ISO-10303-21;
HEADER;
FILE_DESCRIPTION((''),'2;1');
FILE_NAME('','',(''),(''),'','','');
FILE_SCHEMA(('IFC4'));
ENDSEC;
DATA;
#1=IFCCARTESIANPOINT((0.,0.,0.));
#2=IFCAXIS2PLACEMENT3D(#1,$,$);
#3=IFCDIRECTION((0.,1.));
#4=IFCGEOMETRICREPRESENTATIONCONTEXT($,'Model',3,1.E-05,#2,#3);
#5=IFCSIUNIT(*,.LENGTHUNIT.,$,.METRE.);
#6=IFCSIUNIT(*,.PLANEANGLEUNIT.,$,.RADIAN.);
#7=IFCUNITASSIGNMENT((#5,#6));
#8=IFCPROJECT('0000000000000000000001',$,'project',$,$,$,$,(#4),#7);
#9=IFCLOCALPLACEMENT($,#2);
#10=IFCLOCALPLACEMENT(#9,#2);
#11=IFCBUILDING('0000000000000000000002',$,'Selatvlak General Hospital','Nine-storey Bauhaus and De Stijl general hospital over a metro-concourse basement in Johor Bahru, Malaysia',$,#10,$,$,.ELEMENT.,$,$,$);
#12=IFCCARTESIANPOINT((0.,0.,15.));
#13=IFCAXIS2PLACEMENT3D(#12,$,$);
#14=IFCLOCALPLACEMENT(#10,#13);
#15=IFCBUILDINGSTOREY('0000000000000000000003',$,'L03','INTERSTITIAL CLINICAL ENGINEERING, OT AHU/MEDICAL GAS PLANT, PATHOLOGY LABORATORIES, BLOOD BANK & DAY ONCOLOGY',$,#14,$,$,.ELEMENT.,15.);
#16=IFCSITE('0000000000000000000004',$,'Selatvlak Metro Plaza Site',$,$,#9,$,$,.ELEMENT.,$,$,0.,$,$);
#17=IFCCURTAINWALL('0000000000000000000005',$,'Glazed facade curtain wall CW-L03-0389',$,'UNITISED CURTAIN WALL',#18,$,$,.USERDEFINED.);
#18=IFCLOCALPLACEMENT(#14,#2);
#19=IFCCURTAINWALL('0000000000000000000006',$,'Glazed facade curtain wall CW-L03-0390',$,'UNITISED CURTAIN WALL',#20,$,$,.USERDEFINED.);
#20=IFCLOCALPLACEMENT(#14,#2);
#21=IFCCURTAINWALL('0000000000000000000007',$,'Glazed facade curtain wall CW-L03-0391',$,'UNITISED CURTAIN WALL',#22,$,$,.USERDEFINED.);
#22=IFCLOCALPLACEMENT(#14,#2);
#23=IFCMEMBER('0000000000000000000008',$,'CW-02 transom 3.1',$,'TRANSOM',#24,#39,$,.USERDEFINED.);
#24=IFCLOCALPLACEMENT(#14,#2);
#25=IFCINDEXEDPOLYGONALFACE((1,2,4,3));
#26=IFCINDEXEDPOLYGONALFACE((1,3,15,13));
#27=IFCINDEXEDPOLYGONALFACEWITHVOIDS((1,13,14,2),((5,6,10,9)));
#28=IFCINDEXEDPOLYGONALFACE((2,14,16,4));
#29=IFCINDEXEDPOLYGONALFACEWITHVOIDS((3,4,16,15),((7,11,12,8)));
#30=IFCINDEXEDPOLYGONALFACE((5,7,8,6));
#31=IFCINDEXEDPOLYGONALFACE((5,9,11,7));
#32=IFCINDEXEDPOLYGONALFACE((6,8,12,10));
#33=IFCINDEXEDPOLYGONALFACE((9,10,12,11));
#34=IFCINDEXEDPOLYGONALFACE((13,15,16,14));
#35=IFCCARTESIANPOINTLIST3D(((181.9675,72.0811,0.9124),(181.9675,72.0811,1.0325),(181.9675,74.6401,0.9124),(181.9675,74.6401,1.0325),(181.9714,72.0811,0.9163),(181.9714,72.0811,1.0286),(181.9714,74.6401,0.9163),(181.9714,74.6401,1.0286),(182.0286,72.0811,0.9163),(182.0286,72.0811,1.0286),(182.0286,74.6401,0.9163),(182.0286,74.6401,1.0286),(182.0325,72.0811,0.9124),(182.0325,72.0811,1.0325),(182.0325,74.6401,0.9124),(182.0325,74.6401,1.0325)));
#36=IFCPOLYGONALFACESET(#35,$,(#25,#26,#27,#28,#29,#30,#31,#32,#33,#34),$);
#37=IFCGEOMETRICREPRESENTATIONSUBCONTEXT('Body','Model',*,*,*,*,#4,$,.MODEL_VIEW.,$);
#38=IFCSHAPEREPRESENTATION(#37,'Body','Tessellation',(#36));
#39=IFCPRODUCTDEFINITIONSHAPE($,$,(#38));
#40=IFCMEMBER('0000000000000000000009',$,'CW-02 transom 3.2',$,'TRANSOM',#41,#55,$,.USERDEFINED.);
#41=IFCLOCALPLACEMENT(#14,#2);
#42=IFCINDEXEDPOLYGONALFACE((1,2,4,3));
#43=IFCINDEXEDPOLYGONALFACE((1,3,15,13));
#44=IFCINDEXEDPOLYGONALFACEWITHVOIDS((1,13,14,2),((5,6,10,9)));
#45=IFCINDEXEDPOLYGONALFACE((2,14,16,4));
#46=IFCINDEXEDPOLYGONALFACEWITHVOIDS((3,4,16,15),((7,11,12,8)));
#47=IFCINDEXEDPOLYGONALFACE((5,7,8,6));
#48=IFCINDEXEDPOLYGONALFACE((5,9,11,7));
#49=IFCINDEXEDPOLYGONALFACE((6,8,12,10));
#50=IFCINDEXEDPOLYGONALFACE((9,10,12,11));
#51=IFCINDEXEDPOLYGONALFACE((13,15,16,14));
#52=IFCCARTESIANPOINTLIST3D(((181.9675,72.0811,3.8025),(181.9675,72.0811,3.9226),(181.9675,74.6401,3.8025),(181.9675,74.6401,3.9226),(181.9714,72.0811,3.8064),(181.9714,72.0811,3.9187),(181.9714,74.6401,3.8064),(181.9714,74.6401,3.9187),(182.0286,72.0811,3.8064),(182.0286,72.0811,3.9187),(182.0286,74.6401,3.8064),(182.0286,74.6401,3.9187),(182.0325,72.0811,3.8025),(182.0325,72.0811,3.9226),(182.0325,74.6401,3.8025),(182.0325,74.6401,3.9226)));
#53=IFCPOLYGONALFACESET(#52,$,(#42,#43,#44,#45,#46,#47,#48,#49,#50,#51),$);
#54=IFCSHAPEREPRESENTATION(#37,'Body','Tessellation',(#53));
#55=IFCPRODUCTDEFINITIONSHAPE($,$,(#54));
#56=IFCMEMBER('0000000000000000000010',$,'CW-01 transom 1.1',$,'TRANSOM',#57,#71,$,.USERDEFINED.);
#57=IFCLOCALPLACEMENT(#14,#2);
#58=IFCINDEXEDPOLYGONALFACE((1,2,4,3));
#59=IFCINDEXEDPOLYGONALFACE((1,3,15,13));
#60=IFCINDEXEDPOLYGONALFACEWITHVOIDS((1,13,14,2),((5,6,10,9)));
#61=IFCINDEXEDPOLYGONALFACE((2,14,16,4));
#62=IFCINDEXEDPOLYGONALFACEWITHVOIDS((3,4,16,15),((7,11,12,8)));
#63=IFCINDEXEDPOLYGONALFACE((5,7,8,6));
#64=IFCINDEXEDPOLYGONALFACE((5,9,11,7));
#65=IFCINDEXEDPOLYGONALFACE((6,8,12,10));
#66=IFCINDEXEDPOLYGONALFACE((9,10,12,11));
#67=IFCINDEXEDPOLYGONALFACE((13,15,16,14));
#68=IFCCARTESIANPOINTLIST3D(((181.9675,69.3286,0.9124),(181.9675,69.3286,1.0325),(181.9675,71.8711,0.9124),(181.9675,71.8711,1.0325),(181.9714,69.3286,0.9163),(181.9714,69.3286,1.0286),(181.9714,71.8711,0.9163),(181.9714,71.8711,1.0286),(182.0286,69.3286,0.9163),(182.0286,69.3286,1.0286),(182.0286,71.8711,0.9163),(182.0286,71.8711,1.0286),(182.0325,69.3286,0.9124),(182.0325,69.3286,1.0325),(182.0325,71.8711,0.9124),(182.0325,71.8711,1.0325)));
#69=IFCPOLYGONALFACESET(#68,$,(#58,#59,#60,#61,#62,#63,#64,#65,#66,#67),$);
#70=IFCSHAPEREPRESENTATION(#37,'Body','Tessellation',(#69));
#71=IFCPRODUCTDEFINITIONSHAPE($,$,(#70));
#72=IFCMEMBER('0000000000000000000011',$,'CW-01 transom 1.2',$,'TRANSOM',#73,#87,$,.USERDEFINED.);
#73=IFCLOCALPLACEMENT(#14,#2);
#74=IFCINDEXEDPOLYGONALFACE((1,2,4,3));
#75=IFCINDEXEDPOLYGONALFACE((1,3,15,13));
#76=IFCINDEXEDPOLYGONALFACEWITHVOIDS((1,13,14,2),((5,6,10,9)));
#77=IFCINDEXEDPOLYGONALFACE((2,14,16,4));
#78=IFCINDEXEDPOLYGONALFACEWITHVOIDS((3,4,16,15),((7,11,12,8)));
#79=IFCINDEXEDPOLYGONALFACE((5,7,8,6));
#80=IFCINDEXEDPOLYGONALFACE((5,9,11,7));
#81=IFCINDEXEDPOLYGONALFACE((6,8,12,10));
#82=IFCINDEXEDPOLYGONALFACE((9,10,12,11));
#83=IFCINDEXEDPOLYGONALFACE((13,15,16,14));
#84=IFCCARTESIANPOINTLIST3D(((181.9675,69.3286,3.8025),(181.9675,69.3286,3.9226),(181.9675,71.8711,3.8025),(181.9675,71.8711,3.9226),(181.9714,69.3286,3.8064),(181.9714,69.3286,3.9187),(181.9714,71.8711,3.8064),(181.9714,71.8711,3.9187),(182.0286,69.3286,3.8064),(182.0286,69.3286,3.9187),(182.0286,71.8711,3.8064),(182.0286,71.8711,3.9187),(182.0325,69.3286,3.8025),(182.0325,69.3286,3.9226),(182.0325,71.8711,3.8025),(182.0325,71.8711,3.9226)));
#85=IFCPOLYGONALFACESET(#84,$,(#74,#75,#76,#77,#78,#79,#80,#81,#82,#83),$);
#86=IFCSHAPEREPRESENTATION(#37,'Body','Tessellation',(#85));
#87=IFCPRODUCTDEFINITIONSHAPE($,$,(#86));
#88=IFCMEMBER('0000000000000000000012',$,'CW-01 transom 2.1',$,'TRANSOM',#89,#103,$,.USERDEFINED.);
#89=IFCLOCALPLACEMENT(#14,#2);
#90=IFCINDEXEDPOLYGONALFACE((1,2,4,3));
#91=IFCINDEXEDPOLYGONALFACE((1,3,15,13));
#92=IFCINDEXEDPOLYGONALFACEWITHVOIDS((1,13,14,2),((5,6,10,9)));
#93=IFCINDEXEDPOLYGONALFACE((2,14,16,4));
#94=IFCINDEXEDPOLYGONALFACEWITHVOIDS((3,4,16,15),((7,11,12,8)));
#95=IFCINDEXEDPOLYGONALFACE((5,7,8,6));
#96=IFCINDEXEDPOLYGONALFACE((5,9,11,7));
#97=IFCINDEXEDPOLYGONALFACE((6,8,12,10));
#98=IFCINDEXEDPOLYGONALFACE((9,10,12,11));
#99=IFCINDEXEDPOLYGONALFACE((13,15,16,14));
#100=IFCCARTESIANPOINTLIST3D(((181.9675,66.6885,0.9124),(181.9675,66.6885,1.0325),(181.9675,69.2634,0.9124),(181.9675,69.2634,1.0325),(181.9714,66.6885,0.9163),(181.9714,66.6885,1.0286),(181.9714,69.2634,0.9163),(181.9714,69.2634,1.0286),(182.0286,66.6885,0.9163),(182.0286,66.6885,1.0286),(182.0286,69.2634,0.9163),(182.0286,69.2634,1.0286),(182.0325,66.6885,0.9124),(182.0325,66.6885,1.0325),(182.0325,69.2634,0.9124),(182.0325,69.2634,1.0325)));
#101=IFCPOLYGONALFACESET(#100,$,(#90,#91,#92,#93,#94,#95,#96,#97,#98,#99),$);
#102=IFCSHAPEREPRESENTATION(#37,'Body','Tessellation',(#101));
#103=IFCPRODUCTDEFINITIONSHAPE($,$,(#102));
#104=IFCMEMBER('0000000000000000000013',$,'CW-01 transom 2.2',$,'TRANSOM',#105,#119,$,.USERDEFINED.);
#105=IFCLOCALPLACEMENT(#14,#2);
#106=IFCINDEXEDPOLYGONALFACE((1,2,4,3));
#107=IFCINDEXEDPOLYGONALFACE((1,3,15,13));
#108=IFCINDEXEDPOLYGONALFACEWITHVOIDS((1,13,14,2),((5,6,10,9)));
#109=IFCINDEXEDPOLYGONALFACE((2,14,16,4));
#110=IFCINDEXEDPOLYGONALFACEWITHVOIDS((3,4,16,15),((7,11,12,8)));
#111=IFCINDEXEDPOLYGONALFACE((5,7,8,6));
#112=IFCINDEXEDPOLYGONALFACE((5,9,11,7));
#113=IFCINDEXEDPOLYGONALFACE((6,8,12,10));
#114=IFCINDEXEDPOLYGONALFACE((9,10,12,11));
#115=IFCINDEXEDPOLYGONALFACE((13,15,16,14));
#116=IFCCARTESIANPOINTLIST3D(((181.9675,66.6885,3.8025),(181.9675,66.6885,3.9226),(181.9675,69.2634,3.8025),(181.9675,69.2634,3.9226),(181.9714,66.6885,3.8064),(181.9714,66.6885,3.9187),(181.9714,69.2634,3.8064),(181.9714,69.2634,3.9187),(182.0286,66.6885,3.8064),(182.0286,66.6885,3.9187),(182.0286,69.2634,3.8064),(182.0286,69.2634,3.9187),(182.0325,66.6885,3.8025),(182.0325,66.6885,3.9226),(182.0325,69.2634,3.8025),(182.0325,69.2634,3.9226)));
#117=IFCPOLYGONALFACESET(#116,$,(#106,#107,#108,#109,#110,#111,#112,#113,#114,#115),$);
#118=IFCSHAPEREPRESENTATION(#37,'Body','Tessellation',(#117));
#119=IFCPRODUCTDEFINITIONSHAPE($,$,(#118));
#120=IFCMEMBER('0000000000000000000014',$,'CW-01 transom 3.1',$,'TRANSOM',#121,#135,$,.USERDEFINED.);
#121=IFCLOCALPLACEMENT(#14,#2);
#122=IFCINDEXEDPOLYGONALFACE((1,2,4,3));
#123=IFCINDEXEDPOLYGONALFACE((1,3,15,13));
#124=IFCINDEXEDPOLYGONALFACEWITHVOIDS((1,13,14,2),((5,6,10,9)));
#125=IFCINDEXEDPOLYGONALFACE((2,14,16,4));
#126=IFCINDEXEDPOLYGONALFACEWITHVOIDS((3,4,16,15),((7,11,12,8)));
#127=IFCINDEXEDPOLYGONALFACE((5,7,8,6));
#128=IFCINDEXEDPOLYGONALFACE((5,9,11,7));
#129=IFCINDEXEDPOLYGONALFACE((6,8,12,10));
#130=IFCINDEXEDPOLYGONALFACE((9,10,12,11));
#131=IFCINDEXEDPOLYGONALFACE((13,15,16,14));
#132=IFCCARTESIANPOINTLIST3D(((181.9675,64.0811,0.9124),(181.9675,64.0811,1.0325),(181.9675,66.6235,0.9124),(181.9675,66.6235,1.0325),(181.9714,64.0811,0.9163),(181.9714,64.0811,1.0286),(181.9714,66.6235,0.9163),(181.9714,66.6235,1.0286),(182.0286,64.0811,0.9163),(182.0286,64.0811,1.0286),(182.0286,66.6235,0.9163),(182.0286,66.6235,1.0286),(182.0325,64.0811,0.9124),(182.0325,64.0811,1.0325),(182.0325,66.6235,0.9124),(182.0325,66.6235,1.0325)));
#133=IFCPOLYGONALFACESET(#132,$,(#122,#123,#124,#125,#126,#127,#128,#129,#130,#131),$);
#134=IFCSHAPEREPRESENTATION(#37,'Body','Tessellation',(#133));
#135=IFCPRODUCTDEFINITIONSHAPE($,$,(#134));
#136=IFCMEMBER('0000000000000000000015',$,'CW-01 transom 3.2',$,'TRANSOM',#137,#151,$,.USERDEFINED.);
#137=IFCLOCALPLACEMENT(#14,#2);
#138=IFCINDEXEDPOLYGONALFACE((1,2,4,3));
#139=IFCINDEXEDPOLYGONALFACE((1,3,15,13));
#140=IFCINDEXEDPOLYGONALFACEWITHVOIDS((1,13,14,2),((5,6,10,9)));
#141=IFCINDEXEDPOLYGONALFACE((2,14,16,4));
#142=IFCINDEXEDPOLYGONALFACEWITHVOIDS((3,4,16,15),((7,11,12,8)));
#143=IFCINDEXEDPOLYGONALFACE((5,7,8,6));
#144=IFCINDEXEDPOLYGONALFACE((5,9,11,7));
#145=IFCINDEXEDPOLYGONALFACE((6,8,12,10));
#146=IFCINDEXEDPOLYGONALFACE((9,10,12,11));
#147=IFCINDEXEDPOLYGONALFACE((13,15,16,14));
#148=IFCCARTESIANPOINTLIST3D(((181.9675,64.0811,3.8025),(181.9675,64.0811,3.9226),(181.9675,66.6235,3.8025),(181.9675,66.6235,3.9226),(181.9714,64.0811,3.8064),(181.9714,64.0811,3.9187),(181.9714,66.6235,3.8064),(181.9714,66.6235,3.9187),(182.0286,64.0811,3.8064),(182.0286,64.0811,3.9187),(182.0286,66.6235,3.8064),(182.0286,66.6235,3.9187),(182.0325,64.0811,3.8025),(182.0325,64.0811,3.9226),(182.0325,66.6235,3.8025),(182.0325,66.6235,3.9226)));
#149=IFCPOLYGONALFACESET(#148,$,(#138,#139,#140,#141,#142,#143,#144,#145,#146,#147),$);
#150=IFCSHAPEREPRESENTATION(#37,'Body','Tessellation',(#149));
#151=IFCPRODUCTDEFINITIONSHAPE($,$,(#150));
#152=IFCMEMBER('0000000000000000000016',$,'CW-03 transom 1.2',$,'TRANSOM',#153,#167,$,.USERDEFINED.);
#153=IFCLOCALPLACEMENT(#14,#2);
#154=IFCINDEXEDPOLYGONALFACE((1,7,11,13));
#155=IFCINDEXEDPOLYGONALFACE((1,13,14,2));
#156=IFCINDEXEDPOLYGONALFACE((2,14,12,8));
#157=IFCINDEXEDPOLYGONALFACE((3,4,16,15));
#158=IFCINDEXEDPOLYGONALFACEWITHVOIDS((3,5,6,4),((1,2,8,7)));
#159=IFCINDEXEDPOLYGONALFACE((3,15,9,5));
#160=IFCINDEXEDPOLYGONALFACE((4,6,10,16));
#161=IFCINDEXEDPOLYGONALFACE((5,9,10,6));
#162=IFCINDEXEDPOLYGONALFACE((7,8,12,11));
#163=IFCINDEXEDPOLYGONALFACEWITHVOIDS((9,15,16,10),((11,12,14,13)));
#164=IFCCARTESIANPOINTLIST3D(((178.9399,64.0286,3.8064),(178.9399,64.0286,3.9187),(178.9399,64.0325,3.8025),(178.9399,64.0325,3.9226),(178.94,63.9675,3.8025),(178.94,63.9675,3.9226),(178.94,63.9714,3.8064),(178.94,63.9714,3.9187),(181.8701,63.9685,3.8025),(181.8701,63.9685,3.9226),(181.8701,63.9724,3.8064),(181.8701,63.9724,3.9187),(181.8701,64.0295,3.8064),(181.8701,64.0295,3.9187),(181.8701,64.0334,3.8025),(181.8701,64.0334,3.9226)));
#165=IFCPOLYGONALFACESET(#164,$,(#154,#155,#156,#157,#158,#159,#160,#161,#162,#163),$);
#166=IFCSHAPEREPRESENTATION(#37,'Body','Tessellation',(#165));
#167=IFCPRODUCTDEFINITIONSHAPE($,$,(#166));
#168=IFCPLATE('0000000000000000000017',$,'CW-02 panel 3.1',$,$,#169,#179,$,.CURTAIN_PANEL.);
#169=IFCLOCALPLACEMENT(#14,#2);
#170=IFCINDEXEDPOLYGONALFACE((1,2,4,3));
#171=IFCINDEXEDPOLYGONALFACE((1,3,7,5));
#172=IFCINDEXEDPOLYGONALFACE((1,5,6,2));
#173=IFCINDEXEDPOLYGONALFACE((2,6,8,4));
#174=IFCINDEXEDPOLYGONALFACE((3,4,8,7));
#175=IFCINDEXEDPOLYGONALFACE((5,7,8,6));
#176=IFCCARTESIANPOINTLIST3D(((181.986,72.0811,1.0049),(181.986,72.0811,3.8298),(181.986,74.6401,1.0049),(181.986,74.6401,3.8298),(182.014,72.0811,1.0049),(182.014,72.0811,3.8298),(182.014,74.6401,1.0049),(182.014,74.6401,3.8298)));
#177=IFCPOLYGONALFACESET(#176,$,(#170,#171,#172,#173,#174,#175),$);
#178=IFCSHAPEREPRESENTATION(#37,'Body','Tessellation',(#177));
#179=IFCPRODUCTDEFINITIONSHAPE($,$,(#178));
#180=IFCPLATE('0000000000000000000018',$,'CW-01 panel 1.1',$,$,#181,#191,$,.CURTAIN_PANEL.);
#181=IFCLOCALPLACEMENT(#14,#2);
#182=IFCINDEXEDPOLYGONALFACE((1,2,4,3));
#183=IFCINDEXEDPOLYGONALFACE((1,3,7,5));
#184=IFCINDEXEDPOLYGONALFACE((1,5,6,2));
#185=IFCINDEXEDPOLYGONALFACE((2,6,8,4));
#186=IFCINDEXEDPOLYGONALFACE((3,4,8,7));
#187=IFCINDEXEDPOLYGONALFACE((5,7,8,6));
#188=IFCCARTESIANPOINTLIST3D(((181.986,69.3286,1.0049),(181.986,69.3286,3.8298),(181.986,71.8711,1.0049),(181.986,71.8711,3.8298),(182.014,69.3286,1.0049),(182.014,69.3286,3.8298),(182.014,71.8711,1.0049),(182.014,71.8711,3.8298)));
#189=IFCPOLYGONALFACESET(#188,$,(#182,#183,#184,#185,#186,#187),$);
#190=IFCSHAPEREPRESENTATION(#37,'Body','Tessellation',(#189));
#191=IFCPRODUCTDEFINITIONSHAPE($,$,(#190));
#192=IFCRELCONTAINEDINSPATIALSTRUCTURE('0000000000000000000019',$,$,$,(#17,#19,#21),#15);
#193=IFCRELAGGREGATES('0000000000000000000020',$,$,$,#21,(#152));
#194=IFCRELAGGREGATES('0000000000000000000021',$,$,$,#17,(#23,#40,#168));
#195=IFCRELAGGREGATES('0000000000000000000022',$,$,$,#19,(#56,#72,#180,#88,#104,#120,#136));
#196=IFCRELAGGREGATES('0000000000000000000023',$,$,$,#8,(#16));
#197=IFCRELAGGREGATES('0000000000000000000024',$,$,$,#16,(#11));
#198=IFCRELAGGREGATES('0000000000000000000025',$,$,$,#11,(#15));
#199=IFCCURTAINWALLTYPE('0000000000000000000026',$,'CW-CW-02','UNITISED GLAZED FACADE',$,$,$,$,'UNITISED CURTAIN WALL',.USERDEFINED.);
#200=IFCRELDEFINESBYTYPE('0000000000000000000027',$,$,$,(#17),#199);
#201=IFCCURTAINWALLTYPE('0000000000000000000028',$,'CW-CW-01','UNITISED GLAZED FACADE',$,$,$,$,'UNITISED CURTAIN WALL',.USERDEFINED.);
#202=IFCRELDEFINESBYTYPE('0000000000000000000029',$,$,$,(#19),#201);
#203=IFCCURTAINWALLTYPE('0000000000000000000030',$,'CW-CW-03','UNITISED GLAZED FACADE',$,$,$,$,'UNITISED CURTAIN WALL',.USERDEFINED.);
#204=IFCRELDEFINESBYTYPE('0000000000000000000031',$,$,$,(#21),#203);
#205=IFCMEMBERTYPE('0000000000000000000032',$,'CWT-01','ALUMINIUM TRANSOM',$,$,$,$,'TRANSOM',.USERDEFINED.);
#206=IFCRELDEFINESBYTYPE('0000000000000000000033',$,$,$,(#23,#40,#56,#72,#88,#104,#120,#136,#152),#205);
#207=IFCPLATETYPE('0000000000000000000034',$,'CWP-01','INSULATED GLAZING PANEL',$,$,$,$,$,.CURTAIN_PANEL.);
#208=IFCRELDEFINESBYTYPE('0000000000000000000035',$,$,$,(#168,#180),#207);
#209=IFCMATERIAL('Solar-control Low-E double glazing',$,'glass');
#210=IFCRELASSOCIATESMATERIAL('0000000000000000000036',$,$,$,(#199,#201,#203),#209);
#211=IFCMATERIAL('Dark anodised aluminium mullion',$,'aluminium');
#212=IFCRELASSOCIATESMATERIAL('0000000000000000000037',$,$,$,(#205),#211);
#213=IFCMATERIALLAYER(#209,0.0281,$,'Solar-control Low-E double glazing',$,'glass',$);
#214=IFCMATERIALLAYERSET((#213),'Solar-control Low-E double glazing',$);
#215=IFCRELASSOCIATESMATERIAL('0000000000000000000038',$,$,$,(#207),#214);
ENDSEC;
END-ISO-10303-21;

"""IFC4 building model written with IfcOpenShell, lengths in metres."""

from ifc_helpers import new_model, si_unit, direction, frame, origin, origin_2d, place, context, subcontext, project, spatial, rectangle, hollow_rectangle, extrude, material, layer, layer_set, material_profile, profile_set, type_object, element, aggregate, save


model = new_model("IFC4")

# Units and contexts
model_context = context("Model", 3, precision=1e-05, world=origin(), true_north=direction((0.0, 1.0)))
body_context = subcontext(model_context, "Body", "Model", "MODEL_VIEW")
ifc_project = project(units=[si_unit("LENGTHUNIT", "METRE"), si_unit("PLANEANGLEUNIT", "RADIAN")], contexts=[model_context])

# Site, building, storey
site_placement = place(None, origin())
site = spatial("IfcSite", under=ifc_project, at=site_placement, Name="Selatvlak Metro Plaza Site", CompositionType="ELEMENT", RefElevation=0.0)
building_placement = place(site_placement, origin())
building = spatial("IfcBuilding", under=site, at=building_placement, Name="Selatvlak General Hospital", Description="Nine-storey Bauhaus and De Stijl general hospital over a metro-concourse basement in Johor Bahru, Malaysia", CompositionType="ELEMENT")
storey_placement = place(building_placement, frame((0.0, 0.0, 15.0)))
storey = spatial("IfcBuildingStorey", under=building, at=storey_placement, Name="L03", Description="INTERSTITIAL CLINICAL ENGINEERING, OT AHU/MEDICAL GAS PLANT, PATHOLOGY LABORATORIES, BLOOD BANK & DAY ONCOLOGY", CompositionType="ELEMENT", Elevation=15.0)

# Curtain walls
ifc_material_1 = material(Name="Solar-control Low-E double glazing", Category="glass")
curtain_wall_type_1 = type_object("IfcCurtainWallType", Name="CW-CW-02", Description="UNITISED GLAZED FACADE", ElementType="UNITISED CURTAIN WALL", PredefinedType="USERDEFINED", material=ifc_material_1)
curtain_wall_1_placement = place(storey_placement, origin())
curtain_wall_1 = element("IfcCurtainWall", 1, at=curtain_wall_1_placement, inside=storey, type_object=curtain_wall_type_1, Name="Glazed facade curtain wall CW-L03-0389", ObjectType="UNITISED CURTAIN WALL", PredefinedType="USERDEFINED")
ifc_material_2 = material(Name="Dark anodised aluminium mullion", Category="aluminium")
curtain_wall_type_2 = type_object("IfcCurtainWallType", Name="CW-CW-01", Description="UNITISED GLAZED FACADE", ElementType="UNITISED CURTAIN WALL", PredefinedType="USERDEFINED", material=ifc_material_1)
curtain_wall_2_placement = place(storey_placement, origin())
curtain_wall_2 = element("IfcCurtainWall", 2, at=curtain_wall_2_placement, inside=storey, type_object=curtain_wall_type_2, Name="Glazed facade curtain wall CW-L03-0390", ObjectType="UNITISED CURTAIN WALL", PredefinedType="USERDEFINED")

# Curtain wall
curtain_wall_type_3 = type_object("IfcCurtainWallType", Name="CW-CW-03", Description="UNITISED GLAZED FACADE", ElementType="UNITISED CURTAIN WALL", PredefinedType="USERDEFINED", material=ifc_material_1)
curtain_wall_3_placement = place(storey_placement, origin())
curtain_wall_3 = element("IfcCurtainWall", 3, at=curtain_wall_3_placement, inside=storey, type_object=curtain_wall_type_3, Name="Glazed facade curtain wall CW-L03-0391", ObjectType="UNITISED CURTAIN WALL", PredefinedType="USERDEFINED")

# Members
ifc_material_profile_1 = material_profile(ifc_material_2, hollow_rectangle(XDim=0.0649, YDim=0.1201, WallThickness=0.0039, at=origin_2d()), Name="AL-TRN 65x120x4")
ifc_profile_set_1 = profile_set([ifc_material_profile_1], Name="Dark anodised aluminium mullion")
member_type_1 = type_object("IfcMemberType", Name="CWT-01", Description="ALUMINIUM TRANSOM", ElementType="TRANSOM", PredefinedType="USERDEFINED", material=ifc_profile_set_1)
member_1_placement = place(storey_placement, frame((182.0, 74.6401, 0.9724), z_axis=(0.0, -1.0, 0.0), x_axis=(1.0, 0.0, 0.0)))
member_1 = element("IfcMember", 4, at=member_1_placement, type_object=member_type_1, Name="CW-02 transom 3.1", ObjectType="TRANSOM", PredefinedType="USERDEFINED", context=body_context, shape_type="SweptSolid", body=[
    extrude(hollow_rectangle(XDim=0.0649, YDim=0.1201, WallThickness=0.0039, at=origin_2d()), origin(), (0.0, 0.0, 1.0), 2.5591),
])
member_2_placement = place(storey_placement, frame((182.0, 74.6401, 3.8625), z_axis=(0.0, -1.0, 0.0), x_axis=(1.0, 0.0, 0.0)))
member_2 = element("IfcMember", 5, at=member_2_placement, type_object=member_type_1, Name="CW-02 transom 3.2", ObjectType="TRANSOM", PredefinedType="USERDEFINED", context=body_context, shape_type="SweptSolid", body=[
    extrude(hollow_rectangle(XDim=0.0649, YDim=0.1201, WallThickness=0.0039, at=origin_2d()), origin(), (0.0, 0.0, 1.0), 2.5591),
])
member_3_placement = place(storey_placement, frame((182.0, 71.8711, 0.9724), z_axis=(0.0, -1.0, 0.0), x_axis=(1.0, 0.0, 0.0)))
member_3 = element("IfcMember", 6, at=member_3_placement, type_object=member_type_1, Name="CW-01 transom 1.1", ObjectType="TRANSOM", PredefinedType="USERDEFINED", context=body_context, shape_type="SweptSolid", body=[
    extrude(hollow_rectangle(XDim=0.0649, YDim=0.1201, WallThickness=0.0039, at=origin_2d()), origin(), (0.0, 0.0, 1.0), 2.5425),
])
member_4_placement = place(storey_placement, frame((182.0, 71.8711, 3.8625), z_axis=(0.0, -1.0, 0.0), x_axis=(1.0, 0.0, 0.0)))
member_4 = element("IfcMember", 7, at=member_4_placement, type_object=member_type_1, Name="CW-01 transom 1.2", ObjectType="TRANSOM", PredefinedType="USERDEFINED", context=body_context, shape_type="SweptSolid", body=[
    extrude(hollow_rectangle(XDim=0.0649, YDim=0.1201, WallThickness=0.0039, at=origin_2d()), origin(), (0.0, 0.0, 1.0), 2.5425),
])
member_5_placement = place(storey_placement, frame((182.0, 69.2634, 0.9724), z_axis=(0.0, -1.0, 0.0), x_axis=(1.0, 0.0, 0.0)))
member_5 = element("IfcMember", 8, at=member_5_placement, type_object=member_type_1, Name="CW-01 transom 2.1", ObjectType="TRANSOM", PredefinedType="USERDEFINED", context=body_context, shape_type="SweptSolid", body=[
    extrude(hollow_rectangle(XDim=0.0649, YDim=0.1201, WallThickness=0.0039, at=origin_2d()), origin(), (0.0, 0.0, 1.0), 2.575),
])
member_6_placement = place(storey_placement, frame((182.0, 69.2634, 3.8625), z_axis=(0.0, -1.0, 0.0), x_axis=(1.0, 0.0, 0.0)))
member_6 = element("IfcMember", 9, at=member_6_placement, type_object=member_type_1, Name="CW-01 transom 2.2", ObjectType="TRANSOM", PredefinedType="USERDEFINED", context=body_context, shape_type="SweptSolid", body=[
    extrude(hollow_rectangle(XDim=0.0649, YDim=0.1201, WallThickness=0.0039, at=origin_2d()), origin(), (0.0, 0.0, 1.0), 2.575),
])
member_7_placement = place(storey_placement, frame((182.0, 66.6235, 0.9724), z_axis=(0.0, -1.0, 0.0), x_axis=(1.0, 0.0, 0.0)))
member_7 = element("IfcMember", 10, at=member_7_placement, type_object=member_type_1, Name="CW-01 transom 3.1", ObjectType="TRANSOM", PredefinedType="USERDEFINED", context=body_context, shape_type="SweptSolid", body=[
    extrude(hollow_rectangle(XDim=0.0649, YDim=0.1201, WallThickness=0.0039, at=origin_2d()), origin(), (0.0, 0.0, 1.0), 2.5425),
])
member_8_placement = place(storey_placement, frame((182.0, 66.6235, 3.8625), z_axis=(0.0, -1.0, 0.0), x_axis=(1.0, 0.0, 0.0)))
member_8 = element("IfcMember", 11, at=member_8_placement, type_object=member_type_1, Name="CW-01 transom 3.2", ObjectType="TRANSOM", PredefinedType="USERDEFINED", context=body_context, shape_type="SweptSolid", body=[
    extrude(hollow_rectangle(XDim=0.0649, YDim=0.1201, WallThickness=0.0039, at=origin_2d()), origin(), (0.0, 0.0, 1.0), 2.5425),
])
member_9_placement = place(storey_placement, frame((181.8701, 64.001, 3.8625), z_axis=(-1.0, -0.000333, 0.0), x_axis=(0.000333, -1.0, 0.0)))
member_9 = element("IfcMember", 12, at=member_9_placement, type_object=member_type_1, Name="CW-03 transom 1.2", ObjectType="TRANSOM", PredefinedType="USERDEFINED", context=body_context, shape_type="SweptSolid", body=[
    extrude(hollow_rectangle(XDim=0.0649, YDim=0.1201, WallThickness=0.0039, at=origin_2d()), origin(), (0.0, 0.0, 1.0), 2.9302),
])
aggregate(curtain_wall_3, [member_9])

# Plates
ifc_layer_1 = layer(ifc_material_1, 0.0281, Name="Solar-control Low-E double glazing", Category="glass")
ifc_layer_set_1 = layer_set([ifc_layer_1], Name="Solar-control Low-E double glazing")
plate_type = type_object("IfcPlateType", Name="CWP-01", Description="INSULATED GLAZING PANEL", PredefinedType="CURTAIN_PANEL", material=ifc_layer_set_1)
plate_1_placement = place(storey_placement, frame((182.0, 73.3606, 1.0049), z_axis=(0.0, 0.0, 1.0), x_axis=(0.0, -1.0, 0.0)))
plate_1 = element("IfcPlate", 13, at=plate_1_placement, type_object=plate_type, Name="CW-02 panel 3.1", PredefinedType="CURTAIN_PANEL", context=body_context, shape_type="SweptSolid", body=[
    extrude(rectangle(XDim=2.5591, YDim=0.0281, at=origin_2d()), origin(), (0.0, 0.0, 1.0), 2.825),
])
aggregate(curtain_wall_1, [member_1, member_2, plate_1])
plate_2_placement = place(storey_placement, frame((182.0, 70.5999, 1.0049), z_axis=(0.0, 0.0, 1.0), x_axis=(0.0, -1.0, 0.0)))
plate_2 = element("IfcPlate", 14, at=plate_2_placement, type_object=plate_type, Name="CW-01 panel 1.1", PredefinedType="CURTAIN_PANEL", context=body_context, shape_type="SweptSolid", body=[
    extrude(rectangle(XDim=2.5425, YDim=0.0281, at=origin_2d()), origin(), (0.0, 0.0, 1.0), 2.825),
])
aggregate(curtain_wall_2, [member_3, member_4, plate_2, member_5, member_6, member_7, member_8])

save(model, "model.ifc")
